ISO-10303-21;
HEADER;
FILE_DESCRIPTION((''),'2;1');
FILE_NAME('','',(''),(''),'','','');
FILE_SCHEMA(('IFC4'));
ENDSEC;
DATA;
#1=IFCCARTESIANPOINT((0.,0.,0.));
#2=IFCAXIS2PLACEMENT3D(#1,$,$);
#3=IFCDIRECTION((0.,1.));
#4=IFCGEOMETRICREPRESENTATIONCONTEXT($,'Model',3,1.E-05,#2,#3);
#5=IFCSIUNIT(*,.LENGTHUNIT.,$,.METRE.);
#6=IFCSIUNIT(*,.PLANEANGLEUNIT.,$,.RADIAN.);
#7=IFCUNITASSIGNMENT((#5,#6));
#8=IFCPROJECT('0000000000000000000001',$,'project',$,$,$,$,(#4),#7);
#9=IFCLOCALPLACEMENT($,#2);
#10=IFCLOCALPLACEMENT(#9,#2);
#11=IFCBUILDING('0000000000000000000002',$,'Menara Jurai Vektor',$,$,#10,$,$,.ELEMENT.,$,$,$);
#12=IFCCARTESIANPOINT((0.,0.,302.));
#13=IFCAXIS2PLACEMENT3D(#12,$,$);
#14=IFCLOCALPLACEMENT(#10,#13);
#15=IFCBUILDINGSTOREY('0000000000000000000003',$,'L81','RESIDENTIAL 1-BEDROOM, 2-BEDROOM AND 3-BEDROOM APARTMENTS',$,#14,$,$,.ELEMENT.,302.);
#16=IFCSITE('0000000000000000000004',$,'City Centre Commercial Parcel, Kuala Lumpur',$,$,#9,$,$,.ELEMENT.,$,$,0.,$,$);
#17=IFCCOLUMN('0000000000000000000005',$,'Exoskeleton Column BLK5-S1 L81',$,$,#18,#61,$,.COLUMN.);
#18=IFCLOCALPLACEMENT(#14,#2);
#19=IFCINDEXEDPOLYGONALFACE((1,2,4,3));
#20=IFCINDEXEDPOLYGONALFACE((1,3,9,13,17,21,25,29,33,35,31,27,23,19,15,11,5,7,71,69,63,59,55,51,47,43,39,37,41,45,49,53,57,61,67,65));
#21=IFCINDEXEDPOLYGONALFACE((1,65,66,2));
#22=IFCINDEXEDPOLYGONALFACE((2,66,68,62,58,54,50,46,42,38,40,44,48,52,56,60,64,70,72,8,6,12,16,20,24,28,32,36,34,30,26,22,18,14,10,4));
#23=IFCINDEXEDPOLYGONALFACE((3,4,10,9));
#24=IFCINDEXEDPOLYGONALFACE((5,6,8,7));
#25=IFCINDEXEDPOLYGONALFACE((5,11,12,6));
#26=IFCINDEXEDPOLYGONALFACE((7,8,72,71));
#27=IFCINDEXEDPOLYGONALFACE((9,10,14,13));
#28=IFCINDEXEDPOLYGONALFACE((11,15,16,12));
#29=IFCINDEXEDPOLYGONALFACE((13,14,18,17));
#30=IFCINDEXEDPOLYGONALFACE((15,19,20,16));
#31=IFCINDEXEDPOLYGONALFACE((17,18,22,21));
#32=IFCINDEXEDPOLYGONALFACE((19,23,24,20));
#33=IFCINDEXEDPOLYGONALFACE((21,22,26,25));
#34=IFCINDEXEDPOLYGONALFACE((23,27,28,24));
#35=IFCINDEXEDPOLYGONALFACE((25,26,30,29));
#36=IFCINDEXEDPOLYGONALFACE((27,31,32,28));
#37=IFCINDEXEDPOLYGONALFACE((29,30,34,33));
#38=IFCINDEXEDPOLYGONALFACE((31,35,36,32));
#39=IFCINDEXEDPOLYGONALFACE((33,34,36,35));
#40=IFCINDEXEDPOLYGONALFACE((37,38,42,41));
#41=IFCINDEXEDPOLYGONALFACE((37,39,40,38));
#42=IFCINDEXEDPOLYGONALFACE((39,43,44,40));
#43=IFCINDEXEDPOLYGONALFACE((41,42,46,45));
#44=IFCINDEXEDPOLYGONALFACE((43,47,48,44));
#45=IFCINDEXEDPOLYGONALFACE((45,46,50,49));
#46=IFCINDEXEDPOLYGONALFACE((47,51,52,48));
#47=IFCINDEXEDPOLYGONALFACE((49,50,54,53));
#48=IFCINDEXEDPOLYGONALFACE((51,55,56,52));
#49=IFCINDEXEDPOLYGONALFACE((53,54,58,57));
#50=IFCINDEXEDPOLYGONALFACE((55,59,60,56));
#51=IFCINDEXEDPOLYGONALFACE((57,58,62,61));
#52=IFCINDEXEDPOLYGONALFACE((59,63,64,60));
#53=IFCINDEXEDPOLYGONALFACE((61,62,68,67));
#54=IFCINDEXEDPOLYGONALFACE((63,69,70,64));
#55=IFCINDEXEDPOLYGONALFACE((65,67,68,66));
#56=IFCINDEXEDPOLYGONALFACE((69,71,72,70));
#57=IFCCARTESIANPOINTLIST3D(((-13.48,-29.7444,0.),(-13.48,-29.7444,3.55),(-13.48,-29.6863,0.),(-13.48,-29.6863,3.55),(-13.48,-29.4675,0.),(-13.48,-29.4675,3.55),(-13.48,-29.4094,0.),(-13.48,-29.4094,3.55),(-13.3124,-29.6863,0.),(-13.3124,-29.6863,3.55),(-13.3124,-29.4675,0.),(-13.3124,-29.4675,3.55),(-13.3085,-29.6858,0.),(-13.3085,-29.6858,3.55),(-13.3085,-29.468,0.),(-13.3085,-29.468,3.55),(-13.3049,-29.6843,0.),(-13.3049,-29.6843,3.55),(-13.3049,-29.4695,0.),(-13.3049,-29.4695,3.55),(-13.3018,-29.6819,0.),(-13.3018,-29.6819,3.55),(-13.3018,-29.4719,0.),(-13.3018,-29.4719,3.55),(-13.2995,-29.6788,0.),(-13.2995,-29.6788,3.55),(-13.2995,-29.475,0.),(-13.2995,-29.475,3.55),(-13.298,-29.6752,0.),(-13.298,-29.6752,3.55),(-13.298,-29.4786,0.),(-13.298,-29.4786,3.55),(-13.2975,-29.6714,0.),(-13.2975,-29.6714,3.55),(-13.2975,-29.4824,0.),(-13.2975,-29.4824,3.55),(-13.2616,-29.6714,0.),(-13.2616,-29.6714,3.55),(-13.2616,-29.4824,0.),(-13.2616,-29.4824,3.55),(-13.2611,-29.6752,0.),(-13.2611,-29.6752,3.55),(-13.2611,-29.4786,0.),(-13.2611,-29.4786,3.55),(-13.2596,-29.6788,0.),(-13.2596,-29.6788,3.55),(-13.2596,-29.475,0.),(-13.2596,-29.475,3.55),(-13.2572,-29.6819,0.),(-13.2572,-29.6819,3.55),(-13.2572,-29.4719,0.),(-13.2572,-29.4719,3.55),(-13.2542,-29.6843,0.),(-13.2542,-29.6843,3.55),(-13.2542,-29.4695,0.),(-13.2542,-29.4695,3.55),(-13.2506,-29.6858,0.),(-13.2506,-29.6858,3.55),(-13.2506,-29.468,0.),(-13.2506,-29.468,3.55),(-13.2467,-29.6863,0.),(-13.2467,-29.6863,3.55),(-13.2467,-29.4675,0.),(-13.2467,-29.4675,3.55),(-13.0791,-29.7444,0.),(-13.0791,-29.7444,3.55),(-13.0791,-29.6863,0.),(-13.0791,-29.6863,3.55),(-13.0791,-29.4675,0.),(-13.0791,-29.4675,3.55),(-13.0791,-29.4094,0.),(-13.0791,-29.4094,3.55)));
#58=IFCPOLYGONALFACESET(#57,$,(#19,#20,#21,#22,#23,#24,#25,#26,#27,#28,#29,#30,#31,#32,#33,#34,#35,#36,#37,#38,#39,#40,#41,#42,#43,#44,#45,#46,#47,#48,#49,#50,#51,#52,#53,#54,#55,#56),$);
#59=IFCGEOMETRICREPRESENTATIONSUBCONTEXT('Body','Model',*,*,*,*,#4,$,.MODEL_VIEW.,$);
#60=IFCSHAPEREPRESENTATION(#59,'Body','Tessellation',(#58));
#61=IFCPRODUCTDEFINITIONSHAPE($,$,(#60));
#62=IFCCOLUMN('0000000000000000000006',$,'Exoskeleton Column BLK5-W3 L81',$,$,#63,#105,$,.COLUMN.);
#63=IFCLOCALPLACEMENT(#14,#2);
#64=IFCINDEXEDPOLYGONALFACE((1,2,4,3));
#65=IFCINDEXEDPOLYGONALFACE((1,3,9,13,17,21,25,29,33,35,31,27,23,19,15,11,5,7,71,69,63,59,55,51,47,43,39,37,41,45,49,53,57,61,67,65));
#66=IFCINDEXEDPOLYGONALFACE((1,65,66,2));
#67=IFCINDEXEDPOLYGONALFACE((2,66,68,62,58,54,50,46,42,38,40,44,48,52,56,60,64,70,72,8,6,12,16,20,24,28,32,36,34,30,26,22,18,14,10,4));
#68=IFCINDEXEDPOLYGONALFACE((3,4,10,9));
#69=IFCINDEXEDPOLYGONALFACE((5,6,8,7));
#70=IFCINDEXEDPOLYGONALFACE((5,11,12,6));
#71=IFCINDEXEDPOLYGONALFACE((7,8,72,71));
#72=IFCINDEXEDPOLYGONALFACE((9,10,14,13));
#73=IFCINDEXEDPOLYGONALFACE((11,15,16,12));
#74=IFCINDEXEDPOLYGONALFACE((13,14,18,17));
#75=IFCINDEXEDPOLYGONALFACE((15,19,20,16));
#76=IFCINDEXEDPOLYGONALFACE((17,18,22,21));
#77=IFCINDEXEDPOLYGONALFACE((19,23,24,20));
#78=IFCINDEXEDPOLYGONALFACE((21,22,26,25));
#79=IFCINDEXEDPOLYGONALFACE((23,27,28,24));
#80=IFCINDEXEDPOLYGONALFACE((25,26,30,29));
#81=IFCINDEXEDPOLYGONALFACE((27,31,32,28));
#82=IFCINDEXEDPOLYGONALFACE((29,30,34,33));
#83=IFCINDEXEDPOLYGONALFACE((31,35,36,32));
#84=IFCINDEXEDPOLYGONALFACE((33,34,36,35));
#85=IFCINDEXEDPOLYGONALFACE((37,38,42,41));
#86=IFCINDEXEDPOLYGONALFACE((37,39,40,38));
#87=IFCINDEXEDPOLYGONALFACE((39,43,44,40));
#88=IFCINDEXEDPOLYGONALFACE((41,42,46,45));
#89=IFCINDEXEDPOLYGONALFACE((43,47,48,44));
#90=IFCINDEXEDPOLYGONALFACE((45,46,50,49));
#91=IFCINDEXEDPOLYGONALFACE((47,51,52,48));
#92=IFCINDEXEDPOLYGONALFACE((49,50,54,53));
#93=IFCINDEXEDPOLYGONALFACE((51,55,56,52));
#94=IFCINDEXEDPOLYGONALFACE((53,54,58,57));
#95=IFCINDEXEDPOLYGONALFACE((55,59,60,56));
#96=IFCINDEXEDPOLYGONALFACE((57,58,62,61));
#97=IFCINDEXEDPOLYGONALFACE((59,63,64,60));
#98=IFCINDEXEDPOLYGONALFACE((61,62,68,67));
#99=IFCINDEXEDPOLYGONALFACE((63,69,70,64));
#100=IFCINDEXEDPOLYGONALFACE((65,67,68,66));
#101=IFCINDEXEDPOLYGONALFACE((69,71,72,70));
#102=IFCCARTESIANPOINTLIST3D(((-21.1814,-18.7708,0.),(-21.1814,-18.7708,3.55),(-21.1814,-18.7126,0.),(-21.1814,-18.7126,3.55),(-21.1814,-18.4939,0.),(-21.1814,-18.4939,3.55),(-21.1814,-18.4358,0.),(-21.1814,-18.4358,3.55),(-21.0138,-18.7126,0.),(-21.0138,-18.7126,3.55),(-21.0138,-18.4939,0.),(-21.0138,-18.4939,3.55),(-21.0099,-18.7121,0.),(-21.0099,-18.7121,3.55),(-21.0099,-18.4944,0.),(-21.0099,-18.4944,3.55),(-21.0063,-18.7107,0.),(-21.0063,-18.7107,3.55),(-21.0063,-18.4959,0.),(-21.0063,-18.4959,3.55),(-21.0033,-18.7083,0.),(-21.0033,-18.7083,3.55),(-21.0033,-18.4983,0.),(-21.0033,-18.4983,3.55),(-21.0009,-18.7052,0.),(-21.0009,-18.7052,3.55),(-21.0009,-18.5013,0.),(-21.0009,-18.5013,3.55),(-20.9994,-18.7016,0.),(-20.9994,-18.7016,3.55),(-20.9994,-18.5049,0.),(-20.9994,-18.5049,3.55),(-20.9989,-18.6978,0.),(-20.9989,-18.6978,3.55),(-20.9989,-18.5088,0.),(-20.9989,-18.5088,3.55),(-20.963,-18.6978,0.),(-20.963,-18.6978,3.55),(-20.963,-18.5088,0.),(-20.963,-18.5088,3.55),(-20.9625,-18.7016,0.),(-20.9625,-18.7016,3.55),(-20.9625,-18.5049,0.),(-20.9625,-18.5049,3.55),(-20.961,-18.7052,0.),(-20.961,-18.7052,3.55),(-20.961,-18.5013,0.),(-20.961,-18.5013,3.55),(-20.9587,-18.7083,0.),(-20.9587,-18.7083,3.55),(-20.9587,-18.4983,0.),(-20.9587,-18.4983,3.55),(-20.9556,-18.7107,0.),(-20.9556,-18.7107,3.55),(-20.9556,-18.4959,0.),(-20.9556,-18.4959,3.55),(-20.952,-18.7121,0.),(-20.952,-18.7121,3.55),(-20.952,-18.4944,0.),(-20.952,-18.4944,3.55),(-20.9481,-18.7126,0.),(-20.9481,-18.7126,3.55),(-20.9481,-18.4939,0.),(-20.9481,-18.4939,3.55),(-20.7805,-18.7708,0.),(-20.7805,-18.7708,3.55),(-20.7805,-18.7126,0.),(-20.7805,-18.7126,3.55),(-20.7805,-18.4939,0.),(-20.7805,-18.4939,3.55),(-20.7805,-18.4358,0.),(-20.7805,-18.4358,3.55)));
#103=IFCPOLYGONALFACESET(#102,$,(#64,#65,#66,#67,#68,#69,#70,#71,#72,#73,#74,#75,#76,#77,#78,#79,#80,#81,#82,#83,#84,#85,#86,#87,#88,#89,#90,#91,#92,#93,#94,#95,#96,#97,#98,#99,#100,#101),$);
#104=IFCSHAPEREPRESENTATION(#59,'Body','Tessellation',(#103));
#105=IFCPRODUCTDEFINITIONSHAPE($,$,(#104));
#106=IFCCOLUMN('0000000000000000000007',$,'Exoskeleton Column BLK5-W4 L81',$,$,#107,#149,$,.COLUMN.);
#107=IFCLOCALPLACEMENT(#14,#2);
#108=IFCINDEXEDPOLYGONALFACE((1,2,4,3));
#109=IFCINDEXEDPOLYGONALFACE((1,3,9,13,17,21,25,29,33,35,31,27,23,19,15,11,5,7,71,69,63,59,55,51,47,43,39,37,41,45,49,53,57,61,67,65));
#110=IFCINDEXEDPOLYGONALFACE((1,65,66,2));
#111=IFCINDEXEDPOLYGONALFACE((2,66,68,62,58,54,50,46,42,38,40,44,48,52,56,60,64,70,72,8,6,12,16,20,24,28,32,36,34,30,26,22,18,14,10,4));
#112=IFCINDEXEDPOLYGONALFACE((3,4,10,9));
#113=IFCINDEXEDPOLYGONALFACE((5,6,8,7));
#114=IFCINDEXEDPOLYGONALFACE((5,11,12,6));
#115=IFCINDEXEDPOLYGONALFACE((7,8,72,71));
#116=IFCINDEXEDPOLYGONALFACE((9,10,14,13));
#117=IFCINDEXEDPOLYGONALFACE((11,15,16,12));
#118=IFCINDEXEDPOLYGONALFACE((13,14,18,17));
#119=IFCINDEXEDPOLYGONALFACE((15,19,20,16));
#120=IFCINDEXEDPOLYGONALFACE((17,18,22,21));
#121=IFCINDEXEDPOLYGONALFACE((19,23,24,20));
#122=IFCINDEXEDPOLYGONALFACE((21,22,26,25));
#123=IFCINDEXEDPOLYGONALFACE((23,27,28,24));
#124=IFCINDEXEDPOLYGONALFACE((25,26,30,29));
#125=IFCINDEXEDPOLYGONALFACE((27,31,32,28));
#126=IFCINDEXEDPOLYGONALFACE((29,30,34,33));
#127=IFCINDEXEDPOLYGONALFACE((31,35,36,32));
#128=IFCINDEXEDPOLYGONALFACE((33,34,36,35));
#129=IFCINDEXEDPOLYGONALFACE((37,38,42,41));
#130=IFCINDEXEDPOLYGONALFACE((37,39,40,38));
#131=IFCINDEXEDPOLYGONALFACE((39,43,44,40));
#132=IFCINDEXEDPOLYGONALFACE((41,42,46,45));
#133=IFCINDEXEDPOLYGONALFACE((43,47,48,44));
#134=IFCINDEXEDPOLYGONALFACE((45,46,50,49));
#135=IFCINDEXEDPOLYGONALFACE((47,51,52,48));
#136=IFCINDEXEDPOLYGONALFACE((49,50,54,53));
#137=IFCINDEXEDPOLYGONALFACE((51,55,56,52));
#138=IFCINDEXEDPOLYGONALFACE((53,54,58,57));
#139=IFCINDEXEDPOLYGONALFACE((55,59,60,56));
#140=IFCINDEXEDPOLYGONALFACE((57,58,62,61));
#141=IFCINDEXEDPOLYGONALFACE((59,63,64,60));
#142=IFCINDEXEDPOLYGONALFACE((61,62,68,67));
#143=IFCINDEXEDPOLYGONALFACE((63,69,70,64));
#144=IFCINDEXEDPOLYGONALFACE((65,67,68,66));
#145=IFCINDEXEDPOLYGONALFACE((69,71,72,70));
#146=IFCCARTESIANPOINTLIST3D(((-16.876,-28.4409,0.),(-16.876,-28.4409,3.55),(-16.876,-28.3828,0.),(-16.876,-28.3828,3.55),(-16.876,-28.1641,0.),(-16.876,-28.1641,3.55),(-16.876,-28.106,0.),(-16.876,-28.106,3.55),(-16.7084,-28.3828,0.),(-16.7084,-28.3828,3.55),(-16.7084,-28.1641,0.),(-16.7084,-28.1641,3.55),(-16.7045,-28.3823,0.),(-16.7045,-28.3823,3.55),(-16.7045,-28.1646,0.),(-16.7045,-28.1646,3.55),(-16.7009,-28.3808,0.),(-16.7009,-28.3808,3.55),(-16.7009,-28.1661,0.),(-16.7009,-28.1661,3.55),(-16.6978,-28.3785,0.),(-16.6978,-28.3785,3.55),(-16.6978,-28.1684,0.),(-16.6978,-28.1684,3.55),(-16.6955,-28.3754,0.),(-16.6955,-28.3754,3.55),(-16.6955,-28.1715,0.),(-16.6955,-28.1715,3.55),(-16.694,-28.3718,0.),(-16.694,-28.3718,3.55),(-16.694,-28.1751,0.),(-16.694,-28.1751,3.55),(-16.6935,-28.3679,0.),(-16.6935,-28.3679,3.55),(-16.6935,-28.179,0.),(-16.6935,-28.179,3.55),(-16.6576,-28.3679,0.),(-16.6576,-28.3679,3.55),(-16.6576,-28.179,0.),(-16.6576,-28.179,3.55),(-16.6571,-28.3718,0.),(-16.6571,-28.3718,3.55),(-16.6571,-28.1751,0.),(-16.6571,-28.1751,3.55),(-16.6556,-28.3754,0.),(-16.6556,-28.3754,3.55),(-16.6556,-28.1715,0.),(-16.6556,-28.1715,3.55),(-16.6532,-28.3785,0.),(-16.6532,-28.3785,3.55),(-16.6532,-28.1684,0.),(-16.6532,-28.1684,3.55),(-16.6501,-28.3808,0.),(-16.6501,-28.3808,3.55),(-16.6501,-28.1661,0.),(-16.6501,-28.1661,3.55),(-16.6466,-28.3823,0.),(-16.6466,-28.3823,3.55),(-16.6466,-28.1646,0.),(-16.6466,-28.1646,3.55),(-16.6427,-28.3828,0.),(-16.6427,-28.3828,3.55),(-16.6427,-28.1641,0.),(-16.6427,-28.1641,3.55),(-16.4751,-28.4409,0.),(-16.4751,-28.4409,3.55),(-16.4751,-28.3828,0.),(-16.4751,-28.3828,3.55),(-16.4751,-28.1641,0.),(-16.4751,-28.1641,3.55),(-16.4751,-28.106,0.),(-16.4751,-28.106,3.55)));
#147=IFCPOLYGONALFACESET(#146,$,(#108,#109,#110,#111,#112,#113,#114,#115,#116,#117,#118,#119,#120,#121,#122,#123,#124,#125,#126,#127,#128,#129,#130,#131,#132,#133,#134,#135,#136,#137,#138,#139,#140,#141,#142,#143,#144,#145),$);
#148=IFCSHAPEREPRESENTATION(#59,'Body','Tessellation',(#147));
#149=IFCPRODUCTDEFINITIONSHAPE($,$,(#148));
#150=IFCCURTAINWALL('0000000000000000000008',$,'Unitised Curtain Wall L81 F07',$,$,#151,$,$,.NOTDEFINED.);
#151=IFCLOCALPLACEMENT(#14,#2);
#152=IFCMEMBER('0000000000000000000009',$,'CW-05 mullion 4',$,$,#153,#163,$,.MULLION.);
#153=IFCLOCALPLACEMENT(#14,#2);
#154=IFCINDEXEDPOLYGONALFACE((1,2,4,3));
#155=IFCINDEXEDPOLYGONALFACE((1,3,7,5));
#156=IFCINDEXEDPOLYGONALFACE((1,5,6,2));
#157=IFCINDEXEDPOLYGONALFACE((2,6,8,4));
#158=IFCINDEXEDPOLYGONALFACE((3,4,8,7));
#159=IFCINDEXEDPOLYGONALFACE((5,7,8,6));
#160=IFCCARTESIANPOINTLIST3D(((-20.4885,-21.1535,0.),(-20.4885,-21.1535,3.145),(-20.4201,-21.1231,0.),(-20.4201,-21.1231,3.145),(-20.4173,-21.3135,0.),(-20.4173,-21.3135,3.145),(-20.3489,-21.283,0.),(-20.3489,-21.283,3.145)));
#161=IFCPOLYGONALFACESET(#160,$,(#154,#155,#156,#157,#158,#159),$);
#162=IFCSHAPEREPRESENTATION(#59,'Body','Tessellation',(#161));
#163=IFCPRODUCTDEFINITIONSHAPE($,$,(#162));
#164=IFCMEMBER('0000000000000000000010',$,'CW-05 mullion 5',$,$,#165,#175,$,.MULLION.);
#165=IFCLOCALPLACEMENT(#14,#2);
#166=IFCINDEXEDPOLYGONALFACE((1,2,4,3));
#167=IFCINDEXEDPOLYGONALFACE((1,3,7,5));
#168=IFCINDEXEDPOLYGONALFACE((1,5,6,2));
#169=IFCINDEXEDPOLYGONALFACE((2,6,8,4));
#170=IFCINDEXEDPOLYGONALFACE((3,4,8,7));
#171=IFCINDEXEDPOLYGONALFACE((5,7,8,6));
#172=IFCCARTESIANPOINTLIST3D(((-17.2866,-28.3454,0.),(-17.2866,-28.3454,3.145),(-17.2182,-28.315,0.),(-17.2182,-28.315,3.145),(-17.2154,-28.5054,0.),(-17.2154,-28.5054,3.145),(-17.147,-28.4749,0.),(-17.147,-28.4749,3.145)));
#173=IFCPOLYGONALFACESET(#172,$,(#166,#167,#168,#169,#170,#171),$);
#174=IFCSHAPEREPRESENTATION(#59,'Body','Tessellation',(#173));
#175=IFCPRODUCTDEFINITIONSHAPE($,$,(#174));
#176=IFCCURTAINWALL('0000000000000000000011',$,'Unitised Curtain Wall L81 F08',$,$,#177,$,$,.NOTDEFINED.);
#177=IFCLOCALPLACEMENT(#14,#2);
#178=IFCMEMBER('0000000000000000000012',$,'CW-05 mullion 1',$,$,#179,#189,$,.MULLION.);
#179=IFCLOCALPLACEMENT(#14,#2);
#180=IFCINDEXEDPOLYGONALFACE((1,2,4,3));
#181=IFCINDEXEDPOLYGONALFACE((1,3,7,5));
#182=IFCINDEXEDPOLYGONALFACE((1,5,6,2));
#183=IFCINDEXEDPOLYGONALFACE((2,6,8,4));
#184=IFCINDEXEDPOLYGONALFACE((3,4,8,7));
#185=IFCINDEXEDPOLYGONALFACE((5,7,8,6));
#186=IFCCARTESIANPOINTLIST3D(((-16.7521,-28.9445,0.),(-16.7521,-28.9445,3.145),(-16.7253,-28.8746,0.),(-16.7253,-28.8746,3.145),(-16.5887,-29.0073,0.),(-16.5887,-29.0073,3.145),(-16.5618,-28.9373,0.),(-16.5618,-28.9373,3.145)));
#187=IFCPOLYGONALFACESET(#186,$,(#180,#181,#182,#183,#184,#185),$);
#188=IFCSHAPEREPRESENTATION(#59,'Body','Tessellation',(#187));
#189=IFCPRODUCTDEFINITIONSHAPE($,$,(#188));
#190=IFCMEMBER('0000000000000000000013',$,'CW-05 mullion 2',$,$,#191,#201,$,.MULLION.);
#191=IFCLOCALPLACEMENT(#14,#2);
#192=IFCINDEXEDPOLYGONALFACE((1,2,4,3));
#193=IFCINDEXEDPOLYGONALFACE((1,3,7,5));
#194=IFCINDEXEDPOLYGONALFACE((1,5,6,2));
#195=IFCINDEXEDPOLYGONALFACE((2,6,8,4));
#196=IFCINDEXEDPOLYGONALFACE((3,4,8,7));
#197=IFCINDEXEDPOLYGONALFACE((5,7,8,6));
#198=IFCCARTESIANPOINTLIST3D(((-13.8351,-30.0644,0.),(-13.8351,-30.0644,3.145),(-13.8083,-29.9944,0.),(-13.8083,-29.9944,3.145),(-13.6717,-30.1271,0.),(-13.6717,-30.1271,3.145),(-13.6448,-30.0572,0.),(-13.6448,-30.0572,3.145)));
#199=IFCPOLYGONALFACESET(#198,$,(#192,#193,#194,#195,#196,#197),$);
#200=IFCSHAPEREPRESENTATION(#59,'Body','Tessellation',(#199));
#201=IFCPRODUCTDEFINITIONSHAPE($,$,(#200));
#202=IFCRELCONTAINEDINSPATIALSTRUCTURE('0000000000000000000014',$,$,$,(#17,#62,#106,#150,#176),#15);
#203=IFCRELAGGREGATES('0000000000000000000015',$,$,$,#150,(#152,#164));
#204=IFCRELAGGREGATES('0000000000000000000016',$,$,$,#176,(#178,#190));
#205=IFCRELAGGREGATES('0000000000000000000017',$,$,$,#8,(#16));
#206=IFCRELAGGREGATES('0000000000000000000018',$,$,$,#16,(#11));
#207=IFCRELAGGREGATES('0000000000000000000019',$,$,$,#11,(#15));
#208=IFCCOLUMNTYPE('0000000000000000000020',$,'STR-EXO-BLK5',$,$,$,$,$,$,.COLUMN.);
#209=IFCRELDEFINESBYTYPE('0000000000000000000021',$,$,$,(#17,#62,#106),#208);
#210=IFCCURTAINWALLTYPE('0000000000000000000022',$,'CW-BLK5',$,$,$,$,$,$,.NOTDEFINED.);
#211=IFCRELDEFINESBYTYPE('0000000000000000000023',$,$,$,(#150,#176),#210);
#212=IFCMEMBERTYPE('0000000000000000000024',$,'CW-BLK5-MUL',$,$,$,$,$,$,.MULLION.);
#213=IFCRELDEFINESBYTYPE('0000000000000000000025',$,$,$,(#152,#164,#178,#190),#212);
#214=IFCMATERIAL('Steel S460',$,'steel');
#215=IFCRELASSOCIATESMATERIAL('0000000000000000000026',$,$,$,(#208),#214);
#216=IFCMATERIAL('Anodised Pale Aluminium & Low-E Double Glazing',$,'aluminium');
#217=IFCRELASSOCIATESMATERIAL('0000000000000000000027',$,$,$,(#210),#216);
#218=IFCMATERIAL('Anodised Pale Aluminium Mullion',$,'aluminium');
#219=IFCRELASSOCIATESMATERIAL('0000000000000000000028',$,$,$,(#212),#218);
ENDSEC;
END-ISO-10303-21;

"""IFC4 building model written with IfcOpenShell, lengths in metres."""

from ifc_helpers import new_model, si_unit, direction, frame, origin, origin_2d, place, context, subcontext, project, spatial, rectangle, i_section, extrude, material, material_profile, profile_set, type_object, element, aggregate, save


model = new_model("IFC4")

# Units and contexts
model_context = context("Model", 3, precision=1e-05, world=origin(), true_north=direction((0.0, 1.0)))
body_context = subcontext(model_context, "Body", "Model", "MODEL_VIEW")
ifc_project = project(units=[si_unit("LENGTHUNIT", "METRE"), si_unit("PLANEANGLEUNIT", "RADIAN")], contexts=[model_context])

# Site, building, storey
site_placement = place(None, origin())
site = spatial("IfcSite", under=ifc_project, at=site_placement, Name="City Centre Commercial Parcel, Kuala Lumpur", CompositionType="ELEMENT", RefElevation=0.0)
building_placement = place(site_placement, origin())
building = spatial("IfcBuilding", under=site, at=building_placement, Name="Menara Jurai Vektor", CompositionType="ELEMENT")
storey_placement = place(building_placement, frame((0.0, 0.0, 302.0)))
storey = spatial("IfcBuildingStorey", under=building, at=storey_placement, Name="L81", Description="RESIDENTIAL 1-BEDROOM, 2-BEDROOM AND 3-BEDROOM APARTMENTS", CompositionType="ELEMENT", Elevation=302.0)

# Columns
ifc_material_1 = material(Name="Steel S460", Category="steel")
ifc_material_profile_1 = material_profile(ifc_material_1, i_section(OverallWidth=0.4009, OverallDepth=0.335, WebThickness=0.0359, FlangeThickness=0.0581, FilletRadius=0.0149, at=origin_2d()), Name="HD 400x463")
ifc_profile_set_1 = profile_set([ifc_material_profile_1], Name="Steel S460")
column_type = type_object("IfcColumnType", Name="STR-EXO-BLK5", PredefinedType="COLUMN", material=ifc_profile_set_1)
for number, where, z_axis, x_axis, name in (
    (1, (-13.2795, -29.5769, 0.0), (0.0, 0.0, 1.0), (1.0, 0.0, 0.0), "Exoskeleton Column BLK5-S1 L81"),
    (2, (-20.981, -18.6033, 0.0), (0.0, 0.0, 1.0), (1.0, 0.0, 0.0), "Exoskeleton Column BLK5-W3 L81"),
    (3, (-16.6755, -28.2734, 0.0), (0.0, 0.0, 1.0), (1.0, 0.0, 0.0), "Exoskeleton Column BLK5-W4 L81"),
):
    element("IfcColumn", number, at=place(storey_placement, frame(where, z_axis=z_axis, x_axis=x_axis)), inside=storey, type_object=column_type, Name=name, PredefinedType="COLUMN", context=body_context, shape_type="SweptSolid", body=[
        extrude(i_section(OverallWidth=0.4009, OverallDepth=0.335, WebThickness=0.0359, FlangeThickness=0.0581, FilletRadius=0.0149, at=origin_2d()), origin(), (0.0, 0.0, 1.0), 3.55),
    ])

# Curtain walls, members
ifc_material_2 = material(Name="Anodised Pale Aluminium & Low-E Double Glazing", Category="aluminium")
curtain_wall_type = type_object("IfcCurtainWallType", Name="CW-BLK5", PredefinedType="NOTDEFINED", material=ifc_material_2)
curtain_wall_1_placement = place(storey_placement, origin())
curtain_wall_1 = element("IfcCurtainWall", 4, at=curtain_wall_1_placement, inside=storey, type_object=curtain_wall_type, Name="Unitised Curtain Wall L81 F07", PredefinedType="NOTDEFINED")
ifc_material_3 = material(Name="Anodised Pale Aluminium Mullion", Category="aluminium")
ifc_material_profile_2 = material_profile(ifc_material_3, rectangle(XDim=0.075, YDim=0.175, at=origin_2d()), Name="ALU MUL 75x175")
ifc_profile_set_2 = profile_set([ifc_material_profile_2], Name="Anodised Pale Aluminium Mullion")
member_type_1 = type_object("IfcMemberType", Name="CW-BLK5-MUL", PredefinedType="MULLION", material=ifc_profile_set_2)
member_1_placement = place(storey_placement, frame((-20.4187, -21.2183, 0.0), z_axis=(0.0, 0.0, 1.0), x_axis=(0.913546, 0.406735, 0.0)))
member_1 = element("IfcMember", 5, at=member_1_placement, type_object=member_type_1, Name="CW-05 mullion 4", PredefinedType="MULLION", context=body_context, shape_type="SweptSolid", body=[
    extrude(rectangle(XDim=0.075, YDim=0.175, at=origin_2d()), origin(), (0.0, 0.0, 1.0), 3.145),
])
member_2_placement = place(storey_placement, frame((-17.2168, -28.4102, 0.0), z_axis=(0.0, 0.0, 1.0), x_axis=(0.913546, 0.406735, 0.0)))
member_2 = element("IfcMember", 6, at=member_2_placement, type_object=member_type_1, Name="CW-05 mullion 5", PredefinedType="MULLION", context=body_context, shape_type="SweptSolid", body=[
    extrude(rectangle(XDim=0.075, YDim=0.175, at=origin_2d()), origin(), (0.0, 0.0, 1.0), 3.145),
])
curtain_wall_2_placement = place(storey_placement, origin())
curtain_wall_2 = element("IfcCurtainWall", 7, at=curtain_wall_2_placement, inside=storey, type_object=curtain_wall_type, Name="Unitised Curtain Wall L81 F08", PredefinedType="NOTDEFINED")
member_3_placement = place(storey_placement, frame((-16.657, -28.9409, 0.0), z_axis=(0.0, 0.0, 1.0), x_axis=(0.358374, 0.933578, 0.0)))
member_3 = element("IfcMember", 8, at=member_3_placement, type_object=member_type_1, Name="CW-05 mullion 1", PredefinedType="MULLION", context=body_context, shape_type="SweptSolid", body=[
    extrude(rectangle(XDim=0.075, YDim=0.175, at=origin_2d()), origin(), (0.0, 0.0, 1.0), 3.145),
])
member_4_placement = place(storey_placement, frame((-13.74, -30.0608, 0.0), z_axis=(0.0, 0.0, 1.0), x_axis=(0.358374, 0.933578, 0.0)))
member_4 = element("IfcMember", 9, at=member_4_placement, type_object=member_type_1, Name="CW-05 mullion 2", PredefinedType="MULLION", context=body_context, shape_type="SweptSolid", body=[
    extrude(rectangle(XDim=0.075, YDim=0.175, at=origin_2d()), origin(), (0.0, 0.0, 1.0), 3.145),
])

aggregate(curtain_wall_1, [member_1, member_2])
aggregate(curtain_wall_2, [member_3, member_4])

save(model, "model.ifc")
